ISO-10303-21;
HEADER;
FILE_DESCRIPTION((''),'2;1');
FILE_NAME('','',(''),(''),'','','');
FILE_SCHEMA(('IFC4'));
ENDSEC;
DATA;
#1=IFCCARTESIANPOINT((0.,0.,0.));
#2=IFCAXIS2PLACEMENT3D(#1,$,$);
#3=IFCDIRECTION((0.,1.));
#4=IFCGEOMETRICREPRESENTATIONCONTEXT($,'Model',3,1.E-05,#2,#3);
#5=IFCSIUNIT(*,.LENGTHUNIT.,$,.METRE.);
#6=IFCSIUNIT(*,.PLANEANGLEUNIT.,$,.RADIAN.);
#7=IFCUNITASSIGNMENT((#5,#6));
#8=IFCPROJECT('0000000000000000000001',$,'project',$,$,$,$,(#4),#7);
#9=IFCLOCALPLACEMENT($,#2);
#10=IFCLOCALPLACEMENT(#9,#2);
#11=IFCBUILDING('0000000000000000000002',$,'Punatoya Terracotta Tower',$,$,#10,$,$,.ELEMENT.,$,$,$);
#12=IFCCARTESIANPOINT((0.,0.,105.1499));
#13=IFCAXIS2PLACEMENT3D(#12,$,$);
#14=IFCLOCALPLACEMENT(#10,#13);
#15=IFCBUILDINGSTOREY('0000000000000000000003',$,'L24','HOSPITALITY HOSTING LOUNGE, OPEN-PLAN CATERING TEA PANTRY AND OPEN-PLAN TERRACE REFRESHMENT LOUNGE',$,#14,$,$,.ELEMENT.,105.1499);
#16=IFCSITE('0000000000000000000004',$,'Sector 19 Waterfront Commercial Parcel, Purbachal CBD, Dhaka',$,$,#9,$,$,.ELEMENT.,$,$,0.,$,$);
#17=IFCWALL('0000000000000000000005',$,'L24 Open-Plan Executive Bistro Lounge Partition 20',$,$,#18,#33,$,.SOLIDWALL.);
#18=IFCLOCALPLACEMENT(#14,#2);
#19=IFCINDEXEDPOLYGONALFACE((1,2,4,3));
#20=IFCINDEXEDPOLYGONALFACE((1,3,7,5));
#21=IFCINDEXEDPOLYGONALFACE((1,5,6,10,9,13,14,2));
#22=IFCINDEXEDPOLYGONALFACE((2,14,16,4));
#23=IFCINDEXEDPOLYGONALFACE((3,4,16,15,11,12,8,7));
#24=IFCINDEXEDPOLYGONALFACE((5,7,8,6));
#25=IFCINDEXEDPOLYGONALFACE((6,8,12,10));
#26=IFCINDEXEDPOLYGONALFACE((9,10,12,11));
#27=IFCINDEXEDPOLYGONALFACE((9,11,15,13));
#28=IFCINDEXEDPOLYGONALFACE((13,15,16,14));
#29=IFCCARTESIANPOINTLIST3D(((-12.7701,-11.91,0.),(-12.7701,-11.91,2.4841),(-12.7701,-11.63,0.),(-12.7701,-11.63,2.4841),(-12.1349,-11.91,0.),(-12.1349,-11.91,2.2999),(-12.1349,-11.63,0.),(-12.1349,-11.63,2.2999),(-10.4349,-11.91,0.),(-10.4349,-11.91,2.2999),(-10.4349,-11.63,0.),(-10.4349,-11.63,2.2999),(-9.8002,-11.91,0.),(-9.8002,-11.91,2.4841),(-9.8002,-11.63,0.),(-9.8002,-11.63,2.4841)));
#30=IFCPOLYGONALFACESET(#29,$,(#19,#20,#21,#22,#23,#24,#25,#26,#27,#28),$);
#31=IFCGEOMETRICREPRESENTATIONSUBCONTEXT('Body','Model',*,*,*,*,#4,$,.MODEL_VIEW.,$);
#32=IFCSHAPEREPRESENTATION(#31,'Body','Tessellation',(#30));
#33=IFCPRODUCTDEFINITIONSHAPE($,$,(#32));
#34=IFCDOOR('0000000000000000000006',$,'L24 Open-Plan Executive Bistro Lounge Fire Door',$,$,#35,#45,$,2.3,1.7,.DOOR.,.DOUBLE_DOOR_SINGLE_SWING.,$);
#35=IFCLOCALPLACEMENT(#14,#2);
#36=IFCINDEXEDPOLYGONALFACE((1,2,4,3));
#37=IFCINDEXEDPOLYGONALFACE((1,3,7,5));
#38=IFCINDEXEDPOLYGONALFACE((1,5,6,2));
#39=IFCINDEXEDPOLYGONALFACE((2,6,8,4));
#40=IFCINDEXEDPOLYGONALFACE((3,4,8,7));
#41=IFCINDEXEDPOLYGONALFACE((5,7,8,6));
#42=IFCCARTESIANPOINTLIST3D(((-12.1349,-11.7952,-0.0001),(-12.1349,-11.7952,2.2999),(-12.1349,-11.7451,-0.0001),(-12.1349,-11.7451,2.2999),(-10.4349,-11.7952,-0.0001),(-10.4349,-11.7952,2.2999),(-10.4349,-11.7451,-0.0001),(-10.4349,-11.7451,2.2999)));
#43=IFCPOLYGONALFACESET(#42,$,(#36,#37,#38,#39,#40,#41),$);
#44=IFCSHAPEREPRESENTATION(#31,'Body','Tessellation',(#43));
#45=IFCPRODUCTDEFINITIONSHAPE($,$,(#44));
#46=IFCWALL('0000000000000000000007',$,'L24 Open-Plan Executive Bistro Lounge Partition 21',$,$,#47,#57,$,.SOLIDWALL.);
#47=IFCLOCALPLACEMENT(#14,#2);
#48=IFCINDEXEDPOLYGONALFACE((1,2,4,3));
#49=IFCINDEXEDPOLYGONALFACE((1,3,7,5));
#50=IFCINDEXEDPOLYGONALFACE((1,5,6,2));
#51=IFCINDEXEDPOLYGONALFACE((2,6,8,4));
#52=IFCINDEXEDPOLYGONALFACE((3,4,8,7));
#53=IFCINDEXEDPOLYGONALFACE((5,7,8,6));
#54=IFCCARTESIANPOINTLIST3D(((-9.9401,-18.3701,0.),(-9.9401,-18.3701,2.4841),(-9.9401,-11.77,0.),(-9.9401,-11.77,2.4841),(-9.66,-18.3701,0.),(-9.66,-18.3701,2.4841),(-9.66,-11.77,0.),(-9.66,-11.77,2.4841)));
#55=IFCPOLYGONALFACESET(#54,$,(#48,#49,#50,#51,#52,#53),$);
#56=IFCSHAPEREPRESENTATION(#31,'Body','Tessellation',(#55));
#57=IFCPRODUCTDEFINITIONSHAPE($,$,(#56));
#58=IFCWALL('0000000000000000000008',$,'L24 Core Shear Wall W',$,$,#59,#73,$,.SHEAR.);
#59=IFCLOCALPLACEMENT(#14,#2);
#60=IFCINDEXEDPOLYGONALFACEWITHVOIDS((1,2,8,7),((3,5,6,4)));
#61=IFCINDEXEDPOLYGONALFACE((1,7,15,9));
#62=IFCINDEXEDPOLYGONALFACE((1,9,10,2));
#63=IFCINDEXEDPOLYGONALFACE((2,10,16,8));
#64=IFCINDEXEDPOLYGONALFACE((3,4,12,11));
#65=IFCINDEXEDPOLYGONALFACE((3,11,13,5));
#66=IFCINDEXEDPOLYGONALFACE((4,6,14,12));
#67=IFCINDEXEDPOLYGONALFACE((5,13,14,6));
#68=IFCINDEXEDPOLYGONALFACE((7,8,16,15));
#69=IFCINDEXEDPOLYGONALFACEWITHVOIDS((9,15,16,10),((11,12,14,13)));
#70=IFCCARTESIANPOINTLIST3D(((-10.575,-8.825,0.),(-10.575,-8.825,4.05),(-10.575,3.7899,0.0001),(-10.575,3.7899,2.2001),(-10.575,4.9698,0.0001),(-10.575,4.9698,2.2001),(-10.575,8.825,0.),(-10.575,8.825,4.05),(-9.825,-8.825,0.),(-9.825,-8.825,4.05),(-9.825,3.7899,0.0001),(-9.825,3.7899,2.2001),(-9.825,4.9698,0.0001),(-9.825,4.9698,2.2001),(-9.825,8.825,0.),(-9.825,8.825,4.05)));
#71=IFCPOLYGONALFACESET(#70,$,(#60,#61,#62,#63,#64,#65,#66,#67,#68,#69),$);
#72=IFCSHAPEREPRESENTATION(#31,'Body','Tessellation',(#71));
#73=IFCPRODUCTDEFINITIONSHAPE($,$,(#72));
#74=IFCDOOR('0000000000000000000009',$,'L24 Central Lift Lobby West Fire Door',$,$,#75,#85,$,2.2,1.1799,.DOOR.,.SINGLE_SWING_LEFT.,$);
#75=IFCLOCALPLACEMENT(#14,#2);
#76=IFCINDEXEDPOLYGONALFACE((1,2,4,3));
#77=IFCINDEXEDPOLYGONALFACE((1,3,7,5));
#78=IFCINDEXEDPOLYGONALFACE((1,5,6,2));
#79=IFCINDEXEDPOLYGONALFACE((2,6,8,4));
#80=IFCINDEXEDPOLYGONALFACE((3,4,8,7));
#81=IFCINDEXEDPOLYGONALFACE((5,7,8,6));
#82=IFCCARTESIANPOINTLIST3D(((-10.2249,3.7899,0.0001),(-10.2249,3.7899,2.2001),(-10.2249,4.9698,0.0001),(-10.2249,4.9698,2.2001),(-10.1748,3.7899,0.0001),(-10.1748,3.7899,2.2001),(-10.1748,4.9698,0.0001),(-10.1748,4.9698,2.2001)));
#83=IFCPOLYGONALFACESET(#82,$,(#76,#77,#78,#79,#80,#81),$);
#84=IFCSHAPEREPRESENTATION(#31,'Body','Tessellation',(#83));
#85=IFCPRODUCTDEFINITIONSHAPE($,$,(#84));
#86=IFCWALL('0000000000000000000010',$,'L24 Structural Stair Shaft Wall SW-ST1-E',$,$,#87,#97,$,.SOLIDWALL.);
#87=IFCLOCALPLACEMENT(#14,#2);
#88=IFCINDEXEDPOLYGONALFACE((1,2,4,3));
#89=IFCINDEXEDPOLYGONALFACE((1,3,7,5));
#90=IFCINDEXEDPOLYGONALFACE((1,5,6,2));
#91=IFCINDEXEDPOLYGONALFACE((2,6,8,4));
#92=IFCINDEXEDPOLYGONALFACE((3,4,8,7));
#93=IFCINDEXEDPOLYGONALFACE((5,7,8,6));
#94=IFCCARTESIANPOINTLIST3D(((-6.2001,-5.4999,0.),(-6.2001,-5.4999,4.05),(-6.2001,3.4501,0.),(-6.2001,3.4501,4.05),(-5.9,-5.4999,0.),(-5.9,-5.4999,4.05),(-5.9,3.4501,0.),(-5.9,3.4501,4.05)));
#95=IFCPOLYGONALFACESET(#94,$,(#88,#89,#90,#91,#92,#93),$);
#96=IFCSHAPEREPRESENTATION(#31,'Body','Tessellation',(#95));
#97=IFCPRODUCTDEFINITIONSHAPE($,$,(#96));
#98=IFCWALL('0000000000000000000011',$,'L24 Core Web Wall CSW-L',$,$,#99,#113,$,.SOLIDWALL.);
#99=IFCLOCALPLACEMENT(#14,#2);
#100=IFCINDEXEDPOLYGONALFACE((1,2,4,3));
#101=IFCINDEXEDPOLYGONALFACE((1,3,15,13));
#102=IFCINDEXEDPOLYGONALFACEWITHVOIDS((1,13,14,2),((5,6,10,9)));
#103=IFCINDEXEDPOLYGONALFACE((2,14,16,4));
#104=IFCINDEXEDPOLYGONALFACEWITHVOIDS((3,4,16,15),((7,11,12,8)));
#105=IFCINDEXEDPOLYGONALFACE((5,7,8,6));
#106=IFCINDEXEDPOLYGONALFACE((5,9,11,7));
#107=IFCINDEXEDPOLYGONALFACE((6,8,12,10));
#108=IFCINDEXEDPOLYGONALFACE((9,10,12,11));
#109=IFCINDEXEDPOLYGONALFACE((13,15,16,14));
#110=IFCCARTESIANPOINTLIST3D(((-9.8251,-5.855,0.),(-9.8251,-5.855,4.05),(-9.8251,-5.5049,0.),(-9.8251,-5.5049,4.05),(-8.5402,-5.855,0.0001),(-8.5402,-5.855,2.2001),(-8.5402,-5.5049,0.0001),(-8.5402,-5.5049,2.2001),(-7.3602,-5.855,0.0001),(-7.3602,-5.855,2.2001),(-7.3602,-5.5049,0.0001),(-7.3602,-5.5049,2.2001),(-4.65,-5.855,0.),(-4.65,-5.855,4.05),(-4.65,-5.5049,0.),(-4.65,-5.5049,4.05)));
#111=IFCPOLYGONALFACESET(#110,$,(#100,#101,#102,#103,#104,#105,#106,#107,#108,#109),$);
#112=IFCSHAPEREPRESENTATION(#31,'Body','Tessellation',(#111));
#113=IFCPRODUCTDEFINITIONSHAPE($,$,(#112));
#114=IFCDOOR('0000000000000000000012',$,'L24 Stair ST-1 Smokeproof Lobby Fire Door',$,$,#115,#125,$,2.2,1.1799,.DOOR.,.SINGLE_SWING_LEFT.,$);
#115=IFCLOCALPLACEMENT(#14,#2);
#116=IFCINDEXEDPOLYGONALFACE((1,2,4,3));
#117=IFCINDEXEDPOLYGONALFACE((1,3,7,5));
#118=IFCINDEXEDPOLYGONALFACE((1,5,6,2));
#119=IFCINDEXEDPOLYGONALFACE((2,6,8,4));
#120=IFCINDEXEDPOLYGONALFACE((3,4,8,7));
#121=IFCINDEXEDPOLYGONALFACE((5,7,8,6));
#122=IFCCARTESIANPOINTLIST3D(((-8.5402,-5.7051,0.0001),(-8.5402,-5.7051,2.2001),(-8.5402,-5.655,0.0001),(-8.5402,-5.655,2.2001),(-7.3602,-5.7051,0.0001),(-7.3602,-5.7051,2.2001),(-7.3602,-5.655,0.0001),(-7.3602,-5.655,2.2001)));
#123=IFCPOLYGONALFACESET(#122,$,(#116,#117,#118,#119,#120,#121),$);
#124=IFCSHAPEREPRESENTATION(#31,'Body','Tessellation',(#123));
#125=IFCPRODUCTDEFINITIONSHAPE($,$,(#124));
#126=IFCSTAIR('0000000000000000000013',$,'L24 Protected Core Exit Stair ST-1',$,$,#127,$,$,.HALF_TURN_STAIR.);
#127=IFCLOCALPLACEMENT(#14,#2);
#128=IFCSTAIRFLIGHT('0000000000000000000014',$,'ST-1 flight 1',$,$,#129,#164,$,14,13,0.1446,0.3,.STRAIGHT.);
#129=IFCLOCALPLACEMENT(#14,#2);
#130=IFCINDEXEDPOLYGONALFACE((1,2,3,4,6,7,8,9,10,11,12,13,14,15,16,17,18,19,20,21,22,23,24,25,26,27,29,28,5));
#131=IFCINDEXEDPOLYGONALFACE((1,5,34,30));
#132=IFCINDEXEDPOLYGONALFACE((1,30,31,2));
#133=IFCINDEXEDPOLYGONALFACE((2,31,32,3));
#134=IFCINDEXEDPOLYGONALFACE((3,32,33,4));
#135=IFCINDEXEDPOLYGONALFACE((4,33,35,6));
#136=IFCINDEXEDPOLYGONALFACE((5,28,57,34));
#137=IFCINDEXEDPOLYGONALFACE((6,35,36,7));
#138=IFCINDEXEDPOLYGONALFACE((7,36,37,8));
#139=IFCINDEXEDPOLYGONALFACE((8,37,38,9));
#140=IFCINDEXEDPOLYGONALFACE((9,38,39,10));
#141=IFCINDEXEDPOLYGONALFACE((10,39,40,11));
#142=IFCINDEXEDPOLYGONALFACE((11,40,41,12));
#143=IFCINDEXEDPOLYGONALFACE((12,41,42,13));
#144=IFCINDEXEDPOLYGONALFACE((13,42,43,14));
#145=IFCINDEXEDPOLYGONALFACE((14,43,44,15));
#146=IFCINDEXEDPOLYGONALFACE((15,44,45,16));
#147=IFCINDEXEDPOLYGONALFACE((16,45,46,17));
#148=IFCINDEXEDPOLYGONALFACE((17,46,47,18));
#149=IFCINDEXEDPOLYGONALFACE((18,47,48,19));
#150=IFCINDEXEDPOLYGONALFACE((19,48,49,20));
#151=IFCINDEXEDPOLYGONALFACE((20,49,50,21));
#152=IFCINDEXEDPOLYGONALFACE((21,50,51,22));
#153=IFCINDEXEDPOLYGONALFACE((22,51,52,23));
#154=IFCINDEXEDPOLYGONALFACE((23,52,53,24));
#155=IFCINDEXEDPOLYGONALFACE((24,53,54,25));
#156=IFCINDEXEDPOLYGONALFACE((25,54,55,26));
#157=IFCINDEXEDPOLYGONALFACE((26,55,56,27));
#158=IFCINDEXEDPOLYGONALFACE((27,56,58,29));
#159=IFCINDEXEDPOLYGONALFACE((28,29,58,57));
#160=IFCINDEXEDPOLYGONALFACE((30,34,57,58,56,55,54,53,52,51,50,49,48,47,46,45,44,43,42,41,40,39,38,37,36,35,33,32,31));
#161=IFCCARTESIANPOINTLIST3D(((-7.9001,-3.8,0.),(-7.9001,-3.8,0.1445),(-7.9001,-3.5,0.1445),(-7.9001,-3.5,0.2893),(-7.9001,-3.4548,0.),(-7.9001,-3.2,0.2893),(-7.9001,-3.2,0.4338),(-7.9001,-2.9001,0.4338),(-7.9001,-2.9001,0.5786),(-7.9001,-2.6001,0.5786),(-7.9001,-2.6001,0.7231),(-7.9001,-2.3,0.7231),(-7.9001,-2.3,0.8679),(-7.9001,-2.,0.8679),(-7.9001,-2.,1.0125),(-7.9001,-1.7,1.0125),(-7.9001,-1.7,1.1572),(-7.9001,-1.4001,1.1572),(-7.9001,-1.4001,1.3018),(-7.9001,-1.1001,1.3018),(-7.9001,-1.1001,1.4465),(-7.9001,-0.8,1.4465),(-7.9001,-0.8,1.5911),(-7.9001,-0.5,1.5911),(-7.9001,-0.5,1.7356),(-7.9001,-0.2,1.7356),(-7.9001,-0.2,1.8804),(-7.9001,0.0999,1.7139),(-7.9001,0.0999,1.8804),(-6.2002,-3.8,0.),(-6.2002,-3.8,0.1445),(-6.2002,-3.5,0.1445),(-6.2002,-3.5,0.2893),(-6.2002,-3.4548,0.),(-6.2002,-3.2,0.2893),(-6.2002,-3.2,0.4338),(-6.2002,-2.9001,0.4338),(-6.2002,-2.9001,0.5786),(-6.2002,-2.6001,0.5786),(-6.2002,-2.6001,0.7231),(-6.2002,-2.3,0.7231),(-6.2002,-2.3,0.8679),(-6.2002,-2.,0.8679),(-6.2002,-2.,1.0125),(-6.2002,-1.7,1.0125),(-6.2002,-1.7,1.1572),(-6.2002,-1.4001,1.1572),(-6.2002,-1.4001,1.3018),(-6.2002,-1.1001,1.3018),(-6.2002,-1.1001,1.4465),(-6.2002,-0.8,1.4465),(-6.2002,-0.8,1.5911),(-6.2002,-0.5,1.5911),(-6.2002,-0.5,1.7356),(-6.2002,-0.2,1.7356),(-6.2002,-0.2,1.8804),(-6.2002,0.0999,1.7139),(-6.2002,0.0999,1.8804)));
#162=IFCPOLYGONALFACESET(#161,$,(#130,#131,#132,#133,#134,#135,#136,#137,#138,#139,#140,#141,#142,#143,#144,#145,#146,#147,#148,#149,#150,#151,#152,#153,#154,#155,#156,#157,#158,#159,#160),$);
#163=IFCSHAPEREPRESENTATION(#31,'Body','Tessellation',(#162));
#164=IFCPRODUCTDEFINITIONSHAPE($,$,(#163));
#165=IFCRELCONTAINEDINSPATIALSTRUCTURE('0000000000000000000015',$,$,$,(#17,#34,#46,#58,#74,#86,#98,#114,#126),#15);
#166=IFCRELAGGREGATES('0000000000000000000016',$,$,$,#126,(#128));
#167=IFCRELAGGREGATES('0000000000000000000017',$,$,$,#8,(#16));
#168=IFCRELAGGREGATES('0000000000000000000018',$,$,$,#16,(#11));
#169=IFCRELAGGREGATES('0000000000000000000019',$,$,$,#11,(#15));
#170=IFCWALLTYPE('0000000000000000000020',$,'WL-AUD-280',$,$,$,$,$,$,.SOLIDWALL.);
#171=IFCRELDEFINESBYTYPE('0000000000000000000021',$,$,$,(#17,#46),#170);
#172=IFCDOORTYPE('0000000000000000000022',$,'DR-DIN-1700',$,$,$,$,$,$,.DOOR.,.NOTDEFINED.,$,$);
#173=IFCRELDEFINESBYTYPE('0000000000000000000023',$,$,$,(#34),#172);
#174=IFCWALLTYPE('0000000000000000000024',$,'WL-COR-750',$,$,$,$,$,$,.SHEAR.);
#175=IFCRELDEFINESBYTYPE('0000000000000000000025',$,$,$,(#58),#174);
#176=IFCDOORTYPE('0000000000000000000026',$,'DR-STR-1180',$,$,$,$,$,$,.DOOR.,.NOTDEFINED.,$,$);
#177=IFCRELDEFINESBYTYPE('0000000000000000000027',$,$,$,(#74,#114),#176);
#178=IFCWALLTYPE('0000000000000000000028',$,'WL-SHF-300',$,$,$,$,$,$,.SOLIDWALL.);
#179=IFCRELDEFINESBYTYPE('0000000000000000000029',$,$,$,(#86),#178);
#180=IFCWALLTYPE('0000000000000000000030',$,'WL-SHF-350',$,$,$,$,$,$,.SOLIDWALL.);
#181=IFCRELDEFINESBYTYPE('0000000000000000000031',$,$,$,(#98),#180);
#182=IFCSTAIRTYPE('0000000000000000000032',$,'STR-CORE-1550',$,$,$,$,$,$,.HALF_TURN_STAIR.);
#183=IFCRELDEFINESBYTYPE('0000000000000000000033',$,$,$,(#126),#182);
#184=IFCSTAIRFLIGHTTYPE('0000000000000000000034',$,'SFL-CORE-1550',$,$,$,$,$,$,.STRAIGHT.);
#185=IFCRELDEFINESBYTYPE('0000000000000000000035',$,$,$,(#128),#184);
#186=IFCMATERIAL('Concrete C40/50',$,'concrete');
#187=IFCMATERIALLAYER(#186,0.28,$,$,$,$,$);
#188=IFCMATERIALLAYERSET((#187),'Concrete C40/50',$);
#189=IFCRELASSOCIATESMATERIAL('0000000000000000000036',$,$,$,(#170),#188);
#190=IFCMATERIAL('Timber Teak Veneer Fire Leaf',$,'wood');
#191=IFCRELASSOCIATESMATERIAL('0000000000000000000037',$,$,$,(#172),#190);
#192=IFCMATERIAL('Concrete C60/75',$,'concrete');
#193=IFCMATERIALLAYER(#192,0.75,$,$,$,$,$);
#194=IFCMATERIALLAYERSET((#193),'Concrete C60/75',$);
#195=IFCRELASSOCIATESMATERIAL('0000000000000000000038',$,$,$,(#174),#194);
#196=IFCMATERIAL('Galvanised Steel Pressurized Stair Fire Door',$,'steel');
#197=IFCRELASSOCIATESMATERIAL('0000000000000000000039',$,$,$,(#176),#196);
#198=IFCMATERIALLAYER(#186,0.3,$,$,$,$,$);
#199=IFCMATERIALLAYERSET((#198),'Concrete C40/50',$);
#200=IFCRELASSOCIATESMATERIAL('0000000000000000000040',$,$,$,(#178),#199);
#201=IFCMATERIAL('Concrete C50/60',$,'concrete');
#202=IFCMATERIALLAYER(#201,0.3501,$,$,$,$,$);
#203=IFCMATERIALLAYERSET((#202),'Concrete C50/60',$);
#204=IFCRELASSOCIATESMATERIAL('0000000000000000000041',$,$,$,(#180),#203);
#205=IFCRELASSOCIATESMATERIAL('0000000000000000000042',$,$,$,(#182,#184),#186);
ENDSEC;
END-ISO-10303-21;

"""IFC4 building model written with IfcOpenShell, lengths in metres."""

from ifc_helpers import new_model, si_unit, direction, frame, frame_2d, origin, place, context, subcontext, project, spatial, polyline, rectangle, outline, extrude, material, layer, layer_set, type_object, element, fill, aggregate, save


model = new_model("IFC4")

# Units and contexts
model_context = context("Model", 3, precision=1e-05, world=origin(), true_north=direction((0.0, 1.0)))
body_context = subcontext(model_context, "Body", "Model", "MODEL_VIEW")
ifc_project = project(units=[si_unit("LENGTHUNIT", "METRE"), si_unit("PLANEANGLEUNIT", "RADIAN")], contexts=[model_context])

# Site, building, storey
site_placement = place(None, origin())
site = spatial("IfcSite", under=ifc_project, at=site_placement, Name="Sector 19 Waterfront Commercial Parcel, Purbachal CBD, Dhaka", CompositionType="ELEMENT", RefElevation=0.0)
building_placement = place(site_placement, origin())
building = spatial("IfcBuilding", under=site, at=building_placement, Name="Punatoya Terracotta Tower", CompositionType="ELEMENT")
storey_placement = place(building_placement, frame((0.0, 0.0, 105.1499)))
storey = spatial("IfcBuildingStorey", under=building, at=storey_placement, Name="L24", Description="HOSPITALITY HOSTING LOUNGE, OPEN-PLAN CATERING TEA PANTRY AND OPEN-PLAN TERRACE REFRESHMENT LOUNGE", CompositionType="ELEMENT", Elevation=105.1499)

# Shared definitions
ifc_material_1 = material(Name="Concrete C40/50", Category="concrete")
ifc_layer_1 = layer(ifc_material_1, 0.28)
ifc_layer_set_1 = layer_set([ifc_layer_1], Name="Concrete C40/50")
wall_type_1 = type_object("IfcWallType", Name="WL-AUD-280", PredefinedType="SOLIDWALL", material=ifc_layer_set_1)
ifc_material_2 = material(Name="Timber Teak Veneer Fire Leaf", Category="wood")
door_type_1 = type_object("IfcDoorType", Name="DR-DIN-1700", OperationType="NOTDEFINED", PredefinedType="DOOR", material=ifc_material_2)

# Wall, opening, door
wall_1_placement = place(storey_placement, frame((-12.77, -11.77, 0.0), z_axis=(0.0, 0.0, 1.0), x_axis=(1.0, 0.0, 0.0)))
wall_1 = element("IfcWall", 1, at=wall_1_placement, inside=storey, type_object=wall_type_1, Name="L24 Open-Plan Executive Bistro Lounge Partition 20", PredefinedType="SOLIDWALL", context=body_context, shape_type="SweptSolid", body=[
    extrude(rectangle(XDim=2.97, YDim=0.28, at=frame_2d((1.4849, 0.0))), origin(), (0.0, 0.0, 1.0), 2.4841),
])
opening_1_placement = place(wall_1_placement, frame((0.635, 0.0, 0.0)))
opening_1 = element("IfcOpeningElement", 2, at=opening_1_placement, cuts=wall_1, PredefinedType="OPENING", context=body_context, shape_type="SweptSolid", body=[
    extrude(rectangle(XDim=1.7, YDim=2.3, at=frame_2d((0.8501, 1.1499))), frame((0.0, 0.1499, 0.0), z_axis=(0.0, -1.0, 0.0), x_axis=(1.0, 0.0, 0.0)), (0.0, 0.0, 1.0), 0.3),
])
door_1_placement = place(opening_1_placement, origin())
door_1 = element("IfcDoor", 3, at=door_1_placement, inside=storey, type_object=door_type_1, Name="L24 Open-Plan Executive Bistro Lounge Fire Door", OperationType="DOUBLE_DOOR_SINGLE_SWING", OverallHeight=2.3, OverallWidth=1.7, PredefinedType="DOOR", context=body_context, shape_type="SweptSolid", body=[
    extrude(rectangle(XDim=1.7, YDim=2.3, at=frame_2d((0.8501, 1.1499))), frame((0.0, 0.0249, 0.0), z_axis=(0.0, -1.0, 0.0), x_axis=(1.0, 0.0, 0.0)), (0.0, 0.0, 1.0), 0.05),
])
fill(opening_1, door_1)

# Wall
wall_2_placement = place(storey_placement, frame((-9.8, -11.77, 0.0), z_axis=(0.0, 0.0, 1.0), x_axis=(0.0, -1.0, 0.0)))
element("IfcWall", 4, at=wall_2_placement, inside=storey, type_object=wall_type_1, Name="L24 Open-Plan Executive Bistro Lounge Partition 21", PredefinedType="SOLIDWALL", context=body_context, shape_type="SweptSolid", body=[
    extrude(rectangle(XDim=6.6001, YDim=0.28, at=frame_2d((3.3, 0.0))), origin(), (0.0, 0.0, 1.0), 2.4841),
])

# Wall, opening, door
ifc_material_3 = material(Name="Concrete C60/75", Category="concrete")
ifc_layer_2 = layer(ifc_material_3, 0.75)
ifc_layer_set_2 = layer_set([ifc_layer_2], Name="Concrete C60/75")
wall_type_2 = type_object("IfcWallType", Name="WL-COR-750", PredefinedType="SHEAR", material=ifc_layer_set_2)
wall_3_placement = place(storey_placement, frame((-10.2, -8.825, 0.0), z_axis=(0.0, 0.0, 1.0), x_axis=(0.0, 1.0, 0.0)))
wall_3 = element("IfcWall", 5, at=wall_3_placement, inside=storey, type_object=wall_type_2, Name="L24 Core Shear Wall W", PredefinedType="SHEAR", context=body_context, shape_type="SweptSolid", body=[
    extrude(rectangle(XDim=17.6499, YDim=0.75, at=frame_2d((8.825, 0.0))), origin(), (0.0, 0.0, 1.0), 4.05),
])
opening_2_placement = place(wall_3_placement, frame((12.615, 0.0, 0.0)))
opening_2 = element("IfcOpeningElement", 6, at=opening_2_placement, cuts=wall_3, PredefinedType="OPENING", context=body_context, shape_type="SweptSolid", body=[
    extrude(rectangle(XDim=1.1799, YDim=2.2, at=frame_2d((0.5898, 1.1001))), frame((0.0, 0.385, 0.0), z_axis=(0.0, -1.0, 0.0), x_axis=(1.0, 0.0, 0.0)), (0.0, 0.0, 1.0), 0.77),
])
ifc_material_4 = material(Name="Galvanised Steel Pressurized Stair Fire Door", Category="steel")
door_type_2 = type_object("IfcDoorType", Name="DR-STR-1180", OperationType="NOTDEFINED", PredefinedType="DOOR", material=ifc_material_4)
door_2_placement = place(opening_2_placement, origin())
door_2 = element("IfcDoor", 7, at=door_2_placement, inside=storey, type_object=door_type_2, Name="L24 Central Lift Lobby West Fire Door", OperationType="SINGLE_SWING_LEFT", OverallHeight=2.2, OverallWidth=1.1799, PredefinedType="DOOR", context=body_context, shape_type="SweptSolid", body=[
    extrude(rectangle(XDim=1.1799, YDim=2.2, at=frame_2d((0.5898, 1.1001))), frame((0.0, 0.0249, 0.0), z_axis=(0.0, -1.0, 0.0), x_axis=(1.0, 0.0, 0.0)), (0.0, 0.0, 1.0), 0.05),
])
fill(opening_2, door_2)

# Wall
ifc_layer_3 = layer(ifc_material_1, 0.3)
ifc_layer_set_3 = layer_set([ifc_layer_3], Name="Concrete C40/50")
wall_type_3 = type_object("IfcWallType", Name="WL-SHF-300", PredefinedType="SOLIDWALL", material=ifc_layer_set_3)
wall_4_placement = place(storey_placement, frame((-6.05, -5.5, 0.0), z_axis=(0.0, 0.0, 1.0), x_axis=(0.0, 1.0, 0.0)))
element("IfcWall", 8, at=wall_4_placement, inside=storey, type_object=wall_type_3, Name="L24 Structural Stair Shaft Wall SW-ST1-E", PredefinedType="SOLIDWALL", context=body_context, shape_type="SweptSolid", body=[
    extrude(rectangle(XDim=8.95, YDim=0.3, at=frame_2d((4.4751, 0.0))), origin(), (0.0, 0.0, 1.0), 4.05),
])

# Wall, opening, door
ifc_material_5 = material(Name="Concrete C50/60", Category="concrete")
ifc_layer_4 = layer(ifc_material_5, 0.3501)
ifc_layer_set_4 = layer_set([ifc_layer_4], Name="Concrete C50/60")
wall_type_4 = type_object("IfcWallType", Name="WL-SHF-350", PredefinedType="SOLIDWALL", material=ifc_layer_set_4)
wall_5_placement = place(storey_placement, frame((-9.825, -5.6799, 0.0), z_axis=(0.0, 0.0, 1.0), x_axis=(1.0, 0.0, 0.0)))
wall_5 = element("IfcWall", 9, at=wall_5_placement, inside=storey, type_object=wall_type_4, Name="L24 Core Web Wall CSW-L", PredefinedType="SOLIDWALL", context=body_context, shape_type="SweptSolid", body=[
    extrude(rectangle(XDim=5.175, YDim=0.3501, at=frame_2d((2.5874, 0.0))), origin(), (0.0, 0.0, 1.0), 4.05),
])
opening_3_placement = place(wall_5_placement, frame((1.2849, 0.0, 0.0)))
opening_3 = element("IfcOpeningElement", 10, at=opening_3_placement, cuts=wall_5, PredefinedType="OPENING", context=body_context, shape_type="SweptSolid", body=[
    extrude(rectangle(XDim=1.1799, YDim=2.2, at=frame_2d((0.5898, 1.1001))), frame((0.0, 0.1851, 0.0), z_axis=(0.0, -1.0, 0.0), x_axis=(1.0, 0.0, 0.0)), (0.0, 0.0, 1.0), 0.3701),
])
door_3_placement = place(opening_3_placement, origin())
door_3 = element("IfcDoor", 11, at=door_3_placement, inside=storey, type_object=door_type_2, Name="L24 Stair ST-1 Smokeproof Lobby Fire Door", OperationType="SINGLE_SWING_LEFT", OverallHeight=2.2, OverallWidth=1.1799, PredefinedType="DOOR", context=body_context, shape_type="SweptSolid", body=[
    extrude(rectangle(XDim=1.1799, YDim=2.2, at=frame_2d((0.5898, 1.1001))), frame((0.0, 0.0249, 0.0), z_axis=(0.0, -1.0, 0.0), x_axis=(1.0, 0.0, 0.0)), (0.0, 0.0, 1.0), 0.05),
])
fill(opening_3, door_3)

# Stair, stair flight
stair_type = type_object("IfcStairType", Name="STR-CORE-1550", PredefinedType="HALF_TURN_STAIR", material=ifc_material_1)
stair_placement = place(storey_placement, origin())
stair = element("IfcStair", 12, at=stair_placement, inside=storey, type_object=stair_type, Name="L24 Protected Core Exit Stair ST-1", PredefinedType="HALF_TURN_STAIR")
stair_flight_type = type_object("IfcStairFlightType", Name="SFL-CORE-1550", PredefinedType="STRAIGHT", material=ifc_material_1)
stair_flight_placement = place(storey_placement, frame((-7.05, -3.8, 0.0), z_axis=(0.0, 0.0, 1.0), x_axis=(0.0, 1.0, 0.0)))
stair_flight = element("IfcStairFlight", 13, at=stair_flight_placement, type_object=stair_flight_type, Name="ST-1 flight 1", NumberOfRisers=14, NumberOfTreads=13, PredefinedType="STRAIGHT", RiserHeight=0.1446, TreadLength=0.3, context=body_context, shape_type="SweptSolid", body=[
    extrude(outline(polyline([(0.0, 0.0), (0.0, 0.1445), (0.3, 0.1445), (0.3, 0.2893), (0.6001, 0.2893), (0.6001, 0.4338), (0.8999, 0.4338), (0.8999, 0.5786), (1.2, 0.5786), (1.2, 0.7231), (1.5, 0.7231), (1.5, 0.8679), (1.8, 0.8679), (1.8, 1.0125), (2.1001, 1.0125), (2.1001, 1.1572), (2.3999, 1.1572), (2.3999, 1.3018), (2.7, 1.3018), (2.7, 1.4465), (3.0, 1.4465), (3.0, 1.5911), (3.3, 1.5911), (3.3, 1.7356), (3.6001, 1.7356), (3.6001, 1.8804), (3.8999, 1.8804), (3.8999, 2.0249), (3.8999, 1.7139), (0.3452, 0.0), (0.0, 0.0)])), frame((0.0, 0.8501, 0.0), z_axis=(0.0, -1.0, 0.0), x_axis=(1.0, 0.0, 0.0)), (0.0, 0.0, 1.0), 1.7),
])
aggregate(stair, [stair_flight])

save(model, "model.ifc")
